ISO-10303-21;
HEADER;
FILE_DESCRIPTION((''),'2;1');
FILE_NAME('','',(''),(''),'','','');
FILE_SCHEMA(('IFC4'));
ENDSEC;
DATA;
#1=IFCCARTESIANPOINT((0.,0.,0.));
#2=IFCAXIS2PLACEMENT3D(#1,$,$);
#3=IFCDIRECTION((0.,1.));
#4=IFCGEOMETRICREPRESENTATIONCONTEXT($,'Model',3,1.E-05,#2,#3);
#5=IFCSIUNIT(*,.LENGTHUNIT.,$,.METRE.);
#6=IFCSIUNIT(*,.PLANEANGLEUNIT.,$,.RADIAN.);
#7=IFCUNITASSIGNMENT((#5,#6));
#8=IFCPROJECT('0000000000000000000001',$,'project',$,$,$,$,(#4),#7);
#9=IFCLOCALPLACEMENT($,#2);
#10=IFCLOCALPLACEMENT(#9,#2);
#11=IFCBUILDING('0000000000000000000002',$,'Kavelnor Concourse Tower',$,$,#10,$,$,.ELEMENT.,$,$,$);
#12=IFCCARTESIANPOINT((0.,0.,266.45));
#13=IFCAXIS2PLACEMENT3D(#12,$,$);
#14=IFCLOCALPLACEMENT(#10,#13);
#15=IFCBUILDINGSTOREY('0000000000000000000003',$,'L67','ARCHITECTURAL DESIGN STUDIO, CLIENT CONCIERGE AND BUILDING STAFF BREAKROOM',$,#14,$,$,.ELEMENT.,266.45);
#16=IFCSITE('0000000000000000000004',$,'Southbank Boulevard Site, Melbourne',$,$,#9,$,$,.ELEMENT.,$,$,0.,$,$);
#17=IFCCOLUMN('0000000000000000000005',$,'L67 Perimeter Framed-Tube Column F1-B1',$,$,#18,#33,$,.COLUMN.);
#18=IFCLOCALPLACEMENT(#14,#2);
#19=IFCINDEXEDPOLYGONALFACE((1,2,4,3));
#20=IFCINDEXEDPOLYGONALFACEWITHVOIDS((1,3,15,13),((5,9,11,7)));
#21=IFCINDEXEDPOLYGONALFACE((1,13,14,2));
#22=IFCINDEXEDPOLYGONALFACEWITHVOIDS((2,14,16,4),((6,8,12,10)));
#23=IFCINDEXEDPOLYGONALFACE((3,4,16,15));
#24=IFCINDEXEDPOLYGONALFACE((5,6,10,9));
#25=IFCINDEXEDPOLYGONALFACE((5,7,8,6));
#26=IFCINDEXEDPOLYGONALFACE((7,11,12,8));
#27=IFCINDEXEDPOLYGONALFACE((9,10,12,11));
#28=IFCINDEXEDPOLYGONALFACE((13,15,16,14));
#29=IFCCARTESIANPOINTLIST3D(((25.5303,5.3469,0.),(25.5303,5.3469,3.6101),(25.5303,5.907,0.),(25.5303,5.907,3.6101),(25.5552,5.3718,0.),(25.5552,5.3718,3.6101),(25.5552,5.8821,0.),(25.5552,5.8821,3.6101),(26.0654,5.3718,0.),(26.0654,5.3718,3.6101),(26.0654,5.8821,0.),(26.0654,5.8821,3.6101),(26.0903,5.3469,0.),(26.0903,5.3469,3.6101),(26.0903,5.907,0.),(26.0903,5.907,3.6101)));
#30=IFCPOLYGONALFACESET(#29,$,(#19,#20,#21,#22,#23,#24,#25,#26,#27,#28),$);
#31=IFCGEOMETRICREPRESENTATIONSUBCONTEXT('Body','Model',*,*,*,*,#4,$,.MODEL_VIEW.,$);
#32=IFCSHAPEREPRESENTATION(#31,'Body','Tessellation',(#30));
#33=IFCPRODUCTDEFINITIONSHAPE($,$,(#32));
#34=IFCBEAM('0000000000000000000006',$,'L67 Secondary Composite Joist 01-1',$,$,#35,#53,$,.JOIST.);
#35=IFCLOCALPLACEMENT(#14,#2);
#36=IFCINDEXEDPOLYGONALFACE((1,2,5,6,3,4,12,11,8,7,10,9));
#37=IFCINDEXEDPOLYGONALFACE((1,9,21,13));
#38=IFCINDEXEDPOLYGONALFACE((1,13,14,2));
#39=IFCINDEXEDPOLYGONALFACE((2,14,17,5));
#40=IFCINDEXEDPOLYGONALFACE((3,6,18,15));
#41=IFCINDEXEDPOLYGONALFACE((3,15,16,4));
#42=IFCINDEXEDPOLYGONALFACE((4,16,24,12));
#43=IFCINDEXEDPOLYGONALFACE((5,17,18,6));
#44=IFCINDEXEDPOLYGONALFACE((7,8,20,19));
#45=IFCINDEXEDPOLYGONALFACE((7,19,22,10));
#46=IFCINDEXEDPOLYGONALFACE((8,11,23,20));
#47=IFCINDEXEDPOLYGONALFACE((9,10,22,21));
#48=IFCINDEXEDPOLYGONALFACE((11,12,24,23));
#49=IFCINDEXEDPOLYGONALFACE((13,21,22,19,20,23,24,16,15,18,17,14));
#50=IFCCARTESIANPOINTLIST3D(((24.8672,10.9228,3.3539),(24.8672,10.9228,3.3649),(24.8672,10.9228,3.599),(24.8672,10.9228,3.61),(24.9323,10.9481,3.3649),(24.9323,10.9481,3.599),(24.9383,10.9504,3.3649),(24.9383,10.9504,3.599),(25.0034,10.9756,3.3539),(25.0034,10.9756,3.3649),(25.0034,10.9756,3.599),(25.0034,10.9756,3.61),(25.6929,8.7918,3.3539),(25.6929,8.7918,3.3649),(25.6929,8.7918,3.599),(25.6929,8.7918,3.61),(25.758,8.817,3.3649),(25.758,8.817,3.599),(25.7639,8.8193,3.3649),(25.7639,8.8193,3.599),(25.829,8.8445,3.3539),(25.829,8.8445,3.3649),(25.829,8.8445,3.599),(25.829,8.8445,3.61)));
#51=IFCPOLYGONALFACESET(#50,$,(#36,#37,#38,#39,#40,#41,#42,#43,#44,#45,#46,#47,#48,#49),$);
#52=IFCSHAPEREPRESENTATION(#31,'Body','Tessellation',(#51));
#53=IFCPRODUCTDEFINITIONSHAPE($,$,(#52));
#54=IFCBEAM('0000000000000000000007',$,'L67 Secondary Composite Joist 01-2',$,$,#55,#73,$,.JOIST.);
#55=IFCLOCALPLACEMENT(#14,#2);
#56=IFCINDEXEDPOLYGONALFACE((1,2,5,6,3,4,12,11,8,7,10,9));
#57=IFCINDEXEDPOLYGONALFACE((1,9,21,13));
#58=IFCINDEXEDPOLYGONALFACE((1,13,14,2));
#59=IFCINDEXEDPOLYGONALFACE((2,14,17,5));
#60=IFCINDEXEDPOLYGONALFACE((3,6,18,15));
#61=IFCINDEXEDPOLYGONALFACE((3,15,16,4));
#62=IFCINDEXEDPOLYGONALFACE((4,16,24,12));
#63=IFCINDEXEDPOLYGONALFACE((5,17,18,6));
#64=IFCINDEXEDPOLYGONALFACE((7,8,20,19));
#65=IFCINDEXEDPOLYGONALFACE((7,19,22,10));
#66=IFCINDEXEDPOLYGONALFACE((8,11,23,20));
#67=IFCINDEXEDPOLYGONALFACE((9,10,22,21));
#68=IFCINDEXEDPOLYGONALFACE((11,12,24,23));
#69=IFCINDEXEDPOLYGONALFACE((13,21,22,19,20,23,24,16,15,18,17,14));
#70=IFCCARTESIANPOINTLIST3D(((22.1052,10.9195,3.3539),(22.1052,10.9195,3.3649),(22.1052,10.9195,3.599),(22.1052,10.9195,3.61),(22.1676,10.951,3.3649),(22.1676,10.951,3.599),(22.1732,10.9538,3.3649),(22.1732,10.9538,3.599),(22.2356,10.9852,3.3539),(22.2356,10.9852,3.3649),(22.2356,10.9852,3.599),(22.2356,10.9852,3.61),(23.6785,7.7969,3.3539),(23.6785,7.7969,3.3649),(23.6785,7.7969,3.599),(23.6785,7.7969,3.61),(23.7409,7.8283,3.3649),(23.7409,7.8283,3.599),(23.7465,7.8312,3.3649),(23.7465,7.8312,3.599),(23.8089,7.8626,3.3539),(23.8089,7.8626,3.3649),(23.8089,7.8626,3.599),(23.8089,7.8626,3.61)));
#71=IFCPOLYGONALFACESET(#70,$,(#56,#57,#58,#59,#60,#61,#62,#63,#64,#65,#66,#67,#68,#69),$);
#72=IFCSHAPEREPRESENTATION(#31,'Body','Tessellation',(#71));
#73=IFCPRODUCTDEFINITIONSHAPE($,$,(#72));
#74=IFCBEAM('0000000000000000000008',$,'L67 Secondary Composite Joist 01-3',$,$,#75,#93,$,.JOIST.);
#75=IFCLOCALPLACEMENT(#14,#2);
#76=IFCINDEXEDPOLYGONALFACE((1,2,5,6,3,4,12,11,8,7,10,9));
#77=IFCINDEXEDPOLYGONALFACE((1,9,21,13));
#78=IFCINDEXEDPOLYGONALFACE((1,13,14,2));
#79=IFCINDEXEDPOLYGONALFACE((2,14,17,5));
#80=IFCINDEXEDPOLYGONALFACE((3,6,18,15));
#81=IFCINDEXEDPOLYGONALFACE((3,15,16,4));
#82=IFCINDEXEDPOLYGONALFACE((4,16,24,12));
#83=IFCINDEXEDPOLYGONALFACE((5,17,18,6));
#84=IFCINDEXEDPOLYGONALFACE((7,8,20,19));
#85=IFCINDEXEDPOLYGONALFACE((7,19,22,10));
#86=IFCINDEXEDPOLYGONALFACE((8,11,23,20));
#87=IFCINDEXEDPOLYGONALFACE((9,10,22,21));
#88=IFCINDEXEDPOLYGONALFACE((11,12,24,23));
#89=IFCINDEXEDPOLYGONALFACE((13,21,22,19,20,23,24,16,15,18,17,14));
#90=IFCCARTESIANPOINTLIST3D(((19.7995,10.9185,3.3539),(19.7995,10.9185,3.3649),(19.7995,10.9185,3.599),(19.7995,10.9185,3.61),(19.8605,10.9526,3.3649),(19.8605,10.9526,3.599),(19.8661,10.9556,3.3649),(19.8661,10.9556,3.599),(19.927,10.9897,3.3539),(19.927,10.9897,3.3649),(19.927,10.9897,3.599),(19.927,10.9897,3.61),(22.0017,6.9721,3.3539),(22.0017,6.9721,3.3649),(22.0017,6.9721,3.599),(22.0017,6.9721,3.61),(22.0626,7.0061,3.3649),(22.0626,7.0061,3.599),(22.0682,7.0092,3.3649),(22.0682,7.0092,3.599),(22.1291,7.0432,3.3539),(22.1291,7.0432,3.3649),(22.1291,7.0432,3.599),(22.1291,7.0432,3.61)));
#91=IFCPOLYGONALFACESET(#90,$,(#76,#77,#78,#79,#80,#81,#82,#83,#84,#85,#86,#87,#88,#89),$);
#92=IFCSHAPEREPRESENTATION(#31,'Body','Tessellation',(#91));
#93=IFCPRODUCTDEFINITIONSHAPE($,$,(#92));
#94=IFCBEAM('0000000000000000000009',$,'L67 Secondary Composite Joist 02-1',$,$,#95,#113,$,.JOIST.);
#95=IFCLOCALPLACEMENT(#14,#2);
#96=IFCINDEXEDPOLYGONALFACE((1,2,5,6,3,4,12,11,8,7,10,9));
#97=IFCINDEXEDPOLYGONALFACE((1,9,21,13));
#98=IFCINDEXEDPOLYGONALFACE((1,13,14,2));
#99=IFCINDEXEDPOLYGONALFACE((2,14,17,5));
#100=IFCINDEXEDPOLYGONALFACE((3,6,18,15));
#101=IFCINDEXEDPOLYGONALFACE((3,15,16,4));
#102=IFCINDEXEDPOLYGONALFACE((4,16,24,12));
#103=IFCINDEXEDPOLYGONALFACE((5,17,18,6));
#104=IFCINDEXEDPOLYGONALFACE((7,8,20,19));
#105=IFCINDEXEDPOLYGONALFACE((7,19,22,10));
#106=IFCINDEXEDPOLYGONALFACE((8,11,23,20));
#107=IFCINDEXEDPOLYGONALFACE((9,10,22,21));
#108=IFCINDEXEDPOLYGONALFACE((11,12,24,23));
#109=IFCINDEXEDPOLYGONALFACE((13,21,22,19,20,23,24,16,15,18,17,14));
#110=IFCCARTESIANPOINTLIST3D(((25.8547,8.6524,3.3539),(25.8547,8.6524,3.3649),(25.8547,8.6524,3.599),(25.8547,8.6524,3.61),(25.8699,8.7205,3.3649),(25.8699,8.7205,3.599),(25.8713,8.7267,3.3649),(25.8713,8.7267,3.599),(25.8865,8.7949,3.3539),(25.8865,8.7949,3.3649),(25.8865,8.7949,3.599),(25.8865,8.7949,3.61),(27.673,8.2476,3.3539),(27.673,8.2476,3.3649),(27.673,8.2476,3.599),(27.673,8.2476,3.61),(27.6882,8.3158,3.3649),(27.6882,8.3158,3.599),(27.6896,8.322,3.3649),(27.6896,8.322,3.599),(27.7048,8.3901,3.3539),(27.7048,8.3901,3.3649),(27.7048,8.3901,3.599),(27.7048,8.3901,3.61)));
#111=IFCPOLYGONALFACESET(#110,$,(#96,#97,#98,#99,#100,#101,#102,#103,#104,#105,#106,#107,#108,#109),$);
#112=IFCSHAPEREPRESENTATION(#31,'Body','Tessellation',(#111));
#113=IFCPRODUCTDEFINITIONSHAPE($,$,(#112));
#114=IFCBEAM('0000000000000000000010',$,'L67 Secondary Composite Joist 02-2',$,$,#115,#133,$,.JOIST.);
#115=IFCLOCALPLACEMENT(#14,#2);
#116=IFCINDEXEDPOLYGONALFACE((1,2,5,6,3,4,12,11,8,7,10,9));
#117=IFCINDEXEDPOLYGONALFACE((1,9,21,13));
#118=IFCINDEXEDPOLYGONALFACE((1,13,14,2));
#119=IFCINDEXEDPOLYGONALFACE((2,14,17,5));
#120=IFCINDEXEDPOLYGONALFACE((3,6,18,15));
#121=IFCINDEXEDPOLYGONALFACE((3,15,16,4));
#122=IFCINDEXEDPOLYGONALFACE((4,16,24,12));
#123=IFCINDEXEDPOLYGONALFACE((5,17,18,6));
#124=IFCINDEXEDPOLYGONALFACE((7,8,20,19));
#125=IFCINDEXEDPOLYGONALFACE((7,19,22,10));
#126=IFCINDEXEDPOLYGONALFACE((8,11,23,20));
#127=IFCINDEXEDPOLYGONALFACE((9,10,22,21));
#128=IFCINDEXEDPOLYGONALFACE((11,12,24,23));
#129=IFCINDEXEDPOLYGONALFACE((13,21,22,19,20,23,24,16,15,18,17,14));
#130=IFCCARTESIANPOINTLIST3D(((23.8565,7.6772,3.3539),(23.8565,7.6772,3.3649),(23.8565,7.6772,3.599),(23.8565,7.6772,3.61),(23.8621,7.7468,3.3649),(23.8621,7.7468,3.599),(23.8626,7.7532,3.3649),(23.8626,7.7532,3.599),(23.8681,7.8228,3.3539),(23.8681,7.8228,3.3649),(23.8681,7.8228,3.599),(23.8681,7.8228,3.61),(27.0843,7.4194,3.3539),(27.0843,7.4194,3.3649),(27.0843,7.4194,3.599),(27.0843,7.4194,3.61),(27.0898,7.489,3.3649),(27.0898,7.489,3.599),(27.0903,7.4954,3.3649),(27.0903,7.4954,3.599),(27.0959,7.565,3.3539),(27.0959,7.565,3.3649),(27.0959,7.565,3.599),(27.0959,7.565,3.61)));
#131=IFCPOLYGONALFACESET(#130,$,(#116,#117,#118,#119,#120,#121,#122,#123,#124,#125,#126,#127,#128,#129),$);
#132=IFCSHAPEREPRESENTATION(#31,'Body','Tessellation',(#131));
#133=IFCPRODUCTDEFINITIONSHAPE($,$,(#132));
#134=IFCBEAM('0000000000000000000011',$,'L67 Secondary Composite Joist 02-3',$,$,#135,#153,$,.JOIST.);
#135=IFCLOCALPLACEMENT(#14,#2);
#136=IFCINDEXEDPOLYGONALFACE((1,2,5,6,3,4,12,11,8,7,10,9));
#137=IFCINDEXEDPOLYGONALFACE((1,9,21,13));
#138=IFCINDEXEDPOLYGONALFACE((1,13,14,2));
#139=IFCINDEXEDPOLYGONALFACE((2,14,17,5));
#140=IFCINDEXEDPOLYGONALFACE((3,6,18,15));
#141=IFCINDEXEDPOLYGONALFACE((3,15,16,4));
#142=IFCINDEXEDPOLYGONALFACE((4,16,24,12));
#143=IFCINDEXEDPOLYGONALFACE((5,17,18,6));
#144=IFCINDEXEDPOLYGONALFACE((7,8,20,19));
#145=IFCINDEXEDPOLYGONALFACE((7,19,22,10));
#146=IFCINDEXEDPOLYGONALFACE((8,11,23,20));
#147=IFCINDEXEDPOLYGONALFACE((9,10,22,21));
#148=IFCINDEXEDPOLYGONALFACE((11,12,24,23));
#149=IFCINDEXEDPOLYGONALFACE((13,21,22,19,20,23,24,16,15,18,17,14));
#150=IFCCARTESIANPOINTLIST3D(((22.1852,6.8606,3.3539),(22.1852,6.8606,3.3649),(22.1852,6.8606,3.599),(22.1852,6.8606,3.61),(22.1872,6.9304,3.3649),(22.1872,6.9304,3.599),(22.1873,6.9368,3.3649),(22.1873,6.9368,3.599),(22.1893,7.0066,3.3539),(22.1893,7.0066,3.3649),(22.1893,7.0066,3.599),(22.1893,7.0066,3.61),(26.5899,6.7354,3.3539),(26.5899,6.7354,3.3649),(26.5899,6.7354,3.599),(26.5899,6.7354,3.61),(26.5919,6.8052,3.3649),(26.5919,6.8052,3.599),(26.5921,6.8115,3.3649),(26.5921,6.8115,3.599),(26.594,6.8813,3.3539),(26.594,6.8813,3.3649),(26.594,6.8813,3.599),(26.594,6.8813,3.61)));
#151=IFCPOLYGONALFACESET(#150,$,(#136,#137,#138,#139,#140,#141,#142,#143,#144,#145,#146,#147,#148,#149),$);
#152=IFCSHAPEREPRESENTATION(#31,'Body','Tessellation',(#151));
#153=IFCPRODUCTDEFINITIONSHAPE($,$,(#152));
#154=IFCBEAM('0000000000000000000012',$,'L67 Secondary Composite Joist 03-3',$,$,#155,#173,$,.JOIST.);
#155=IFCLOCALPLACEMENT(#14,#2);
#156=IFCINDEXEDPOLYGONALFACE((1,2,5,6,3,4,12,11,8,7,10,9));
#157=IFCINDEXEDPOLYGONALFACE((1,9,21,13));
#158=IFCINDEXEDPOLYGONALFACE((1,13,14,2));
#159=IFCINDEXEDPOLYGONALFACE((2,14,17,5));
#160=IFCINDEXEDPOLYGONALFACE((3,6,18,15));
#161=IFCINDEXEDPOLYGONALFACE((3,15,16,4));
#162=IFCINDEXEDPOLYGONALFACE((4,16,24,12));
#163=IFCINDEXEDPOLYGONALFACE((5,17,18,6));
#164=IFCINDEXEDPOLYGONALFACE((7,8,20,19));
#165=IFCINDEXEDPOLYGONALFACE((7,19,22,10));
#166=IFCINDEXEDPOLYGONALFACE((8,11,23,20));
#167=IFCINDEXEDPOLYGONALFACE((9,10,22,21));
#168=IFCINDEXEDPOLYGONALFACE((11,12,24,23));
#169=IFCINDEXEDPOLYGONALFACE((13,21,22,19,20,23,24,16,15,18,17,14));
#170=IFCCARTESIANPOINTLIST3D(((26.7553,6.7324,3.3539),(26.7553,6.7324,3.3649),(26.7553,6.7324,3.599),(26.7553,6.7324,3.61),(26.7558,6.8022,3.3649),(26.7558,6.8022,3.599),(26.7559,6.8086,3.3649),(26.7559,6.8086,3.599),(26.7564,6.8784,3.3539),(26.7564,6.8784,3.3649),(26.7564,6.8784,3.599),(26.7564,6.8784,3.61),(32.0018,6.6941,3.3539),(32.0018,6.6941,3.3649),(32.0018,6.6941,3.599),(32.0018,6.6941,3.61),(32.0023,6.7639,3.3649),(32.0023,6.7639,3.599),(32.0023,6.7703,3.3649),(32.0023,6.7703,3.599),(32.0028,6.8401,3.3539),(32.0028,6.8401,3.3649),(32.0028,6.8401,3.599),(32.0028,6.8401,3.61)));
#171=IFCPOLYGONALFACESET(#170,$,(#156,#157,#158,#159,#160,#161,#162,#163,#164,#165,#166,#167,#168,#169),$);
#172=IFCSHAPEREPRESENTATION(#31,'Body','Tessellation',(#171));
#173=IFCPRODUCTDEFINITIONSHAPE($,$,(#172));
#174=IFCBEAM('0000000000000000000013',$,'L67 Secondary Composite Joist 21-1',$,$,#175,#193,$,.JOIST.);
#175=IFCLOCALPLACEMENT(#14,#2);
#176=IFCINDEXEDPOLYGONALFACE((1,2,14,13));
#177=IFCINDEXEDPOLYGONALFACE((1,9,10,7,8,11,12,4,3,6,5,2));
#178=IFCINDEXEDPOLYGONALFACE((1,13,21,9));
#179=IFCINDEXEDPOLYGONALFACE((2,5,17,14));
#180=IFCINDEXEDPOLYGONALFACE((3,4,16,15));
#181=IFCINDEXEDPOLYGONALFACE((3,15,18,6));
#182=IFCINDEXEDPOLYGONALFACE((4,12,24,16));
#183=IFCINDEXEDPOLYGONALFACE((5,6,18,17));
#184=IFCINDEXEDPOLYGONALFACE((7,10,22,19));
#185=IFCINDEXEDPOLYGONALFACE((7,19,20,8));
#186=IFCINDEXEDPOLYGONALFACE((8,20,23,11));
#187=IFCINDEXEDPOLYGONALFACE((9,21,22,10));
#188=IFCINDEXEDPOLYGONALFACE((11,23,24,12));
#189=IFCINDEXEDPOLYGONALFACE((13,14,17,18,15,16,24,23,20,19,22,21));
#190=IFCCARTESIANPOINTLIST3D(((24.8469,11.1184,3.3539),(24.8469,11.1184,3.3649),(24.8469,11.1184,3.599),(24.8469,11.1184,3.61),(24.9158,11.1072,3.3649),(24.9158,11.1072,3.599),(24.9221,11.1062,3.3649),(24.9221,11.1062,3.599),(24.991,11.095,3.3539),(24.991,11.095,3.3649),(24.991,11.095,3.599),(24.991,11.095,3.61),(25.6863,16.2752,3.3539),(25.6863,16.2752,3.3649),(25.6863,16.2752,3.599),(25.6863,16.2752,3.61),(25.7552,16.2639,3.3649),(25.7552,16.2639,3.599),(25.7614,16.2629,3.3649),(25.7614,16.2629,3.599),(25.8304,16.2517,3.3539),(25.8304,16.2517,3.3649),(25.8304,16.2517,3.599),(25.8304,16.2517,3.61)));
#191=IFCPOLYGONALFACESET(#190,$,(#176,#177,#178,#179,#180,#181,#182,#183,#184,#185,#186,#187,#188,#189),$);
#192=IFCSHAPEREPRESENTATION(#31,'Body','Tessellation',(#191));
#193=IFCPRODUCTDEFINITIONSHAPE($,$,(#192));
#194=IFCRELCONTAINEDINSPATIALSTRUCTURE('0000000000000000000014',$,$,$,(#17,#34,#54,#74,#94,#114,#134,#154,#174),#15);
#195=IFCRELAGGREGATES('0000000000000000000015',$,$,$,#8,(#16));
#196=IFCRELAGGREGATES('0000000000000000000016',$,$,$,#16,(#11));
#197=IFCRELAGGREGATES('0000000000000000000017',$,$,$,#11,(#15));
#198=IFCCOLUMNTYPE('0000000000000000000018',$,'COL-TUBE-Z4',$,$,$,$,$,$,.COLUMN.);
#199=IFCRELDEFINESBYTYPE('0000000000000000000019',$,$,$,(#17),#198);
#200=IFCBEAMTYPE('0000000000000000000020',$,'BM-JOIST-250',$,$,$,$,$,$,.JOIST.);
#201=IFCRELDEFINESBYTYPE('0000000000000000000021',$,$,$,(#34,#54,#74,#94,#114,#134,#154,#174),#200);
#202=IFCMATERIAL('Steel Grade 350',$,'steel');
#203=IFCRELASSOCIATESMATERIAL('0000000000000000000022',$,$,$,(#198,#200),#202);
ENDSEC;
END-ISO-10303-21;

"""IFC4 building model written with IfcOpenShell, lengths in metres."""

from ifc_helpers import new_model, si_unit, direction, frame, origin, origin_2d, place, context, subcontext, project, spatial, hollow_rectangle, i_section, extrude, material, material_profile, profile_set, type_object, element, save


model = new_model("IFC4")

# Units and contexts
model_context = context("Model", 3, precision=1e-05, world=origin(), true_north=direction((0.0, 1.0)))
body_context = subcontext(model_context, "Body", "Model", "MODEL_VIEW")
ifc_project = project(units=[si_unit("LENGTHUNIT", "METRE"), si_unit("PLANEANGLEUNIT", "RADIAN")], contexts=[model_context])

# Site, building, storey
site_placement = place(None, origin())
site = spatial("IfcSite", under=ifc_project, at=site_placement, Name="Southbank Boulevard Site, Melbourne", CompositionType="ELEMENT", RefElevation=0.0)
building_placement = place(site_placement, origin())
building = spatial("IfcBuilding", under=site, at=building_placement, Name="Kavelnor Concourse Tower", CompositionType="ELEMENT")
storey_placement = place(building_placement, frame((0.0, 0.0, 266.45)))
storey = spatial("IfcBuildingStorey", under=building, at=storey_placement, Name="L67", Description="ARCHITECTURAL DESIGN STUDIO, CLIENT CONCIERGE AND BUILDING STAFF BREAKROOM", CompositionType="ELEMENT", Elevation=266.45)

# Column
ifc_material_1 = material(Name="Steel Grade 350", Category="steel")
ifc_material_profile_1 = material_profile(ifc_material_1, hollow_rectangle(XDim=0.5601, YDim=0.5601, WallThickness=0.0249, at=origin_2d()), Name="SHS 560x560x25")
ifc_profile_set_1 = profile_set([ifc_material_profile_1], Name="Steel Grade 350")
column_type = type_object("IfcColumnType", Name="COL-TUBE-Z4", PredefinedType="COLUMN", material=ifc_profile_set_1)
column_placement = place(storey_placement, frame((25.8103, 5.627, 0.0), z_axis=(0.0, 0.0, 1.0), x_axis=(1.0, 0.0, 0.0)))
element("IfcColumn", 1, at=column_placement, inside=storey, type_object=column_type, Name="L67 Perimeter Framed-Tube Column F1-B1", PredefinedType="COLUMN", context=body_context, shape_type="SweptSolid", body=[
    extrude(hollow_rectangle(XDim=0.5601, YDim=0.5601, WallThickness=0.0249, at=origin_2d()), origin(), (0.0, 0.0, 1.0), 3.6101),
])

# Beams
ifc_material_profile_2 = material_profile(ifc_material_1, i_section(OverallWidth=0.146, OverallDepth=0.2561, WebThickness=0.0063, FlangeThickness=0.011, at=origin_2d()), Name="250UB37")
ifc_profile_set_2 = profile_set([ifc_material_profile_2], Name="Steel Grade 350")
beam_type_1 = type_object("IfcBeamType", Name="BM-JOIST-250", PredefinedType="JOIST", material=ifc_profile_set_2)
beam_1_placement = place(storey_placement, frame((24.9353, 10.9492, 3.4819), z_axis=(0.361276, -0.932459, 0.0), x_axis=(0.932459, 0.361276, 0.0)))
element("IfcBeam", 2, at=beam_1_placement, inside=storey, type_object=beam_type_1, Name="L67 Secondary Composite Joist 01-1", PredefinedType="JOIST", context=body_context, shape_type="SweptSolid", body=[
    extrude(i_section(OverallWidth=0.146, OverallDepth=0.2561, WebThickness=0.0063, FlangeThickness=0.011, at=origin_2d()), origin(), (0.0, 0.0, 1.0), 2.2854),
])
beam_2_placement = place(storey_placement, frame((22.1704, 10.9524, 3.4819), z_axis=(0.449949, -0.893054, 0.0), x_axis=(0.893054, 0.449949, 0.0)))
element("IfcBeam", 3, at=beam_2_placement, inside=storey, type_object=beam_type_1, Name="L67 Secondary Composite Joist 01-2", PredefinedType="JOIST", context=body_context, shape_type="SweptSolid", body=[
    extrude(i_section(OverallWidth=0.146, OverallDepth=0.2561, WebThickness=0.0063, FlangeThickness=0.011, at=origin_2d()), origin(), (0.0, 0.0, 1.0), 3.4966),
])
beam_3_placement = place(storey_placement, frame((19.8633, 10.9541, 3.4819), z_axis=(0.48727, -0.873251, 0.0), x_axis=(0.873251, 0.48727, 0.0)))
element("IfcBeam", 4, at=beam_3_placement, inside=storey, type_object=beam_type_1, Name="L67 Secondary Composite Joist 01-3", PredefinedType="JOIST", context=body_context, shape_type="SweptSolid", body=[
    extrude(i_section(OverallWidth=0.146, OverallDepth=0.2561, WebThickness=0.0063, FlangeThickness=0.011, at=origin_2d()), origin(), (0.0, 0.0, 1.0), 4.5193),
])
beam_4_placement = place(storey_placement, frame((25.8706, 8.7236, 3.4819), z_axis=(0.976107, -0.217291, 0.0), x_axis=(0.217291, 0.976107, 0.0)))
element("IfcBeam", 5, at=beam_4_placement, inside=storey, type_object=beam_type_1, Name="L67 Secondary Composite Joist 02-1", PredefinedType="JOIST", context=body_context, shape_type="SweptSolid", body=[
    extrude(i_section(OverallWidth=0.146, OverallDepth=0.2561, WebThickness=0.0063, FlangeThickness=0.011, at=origin_2d()), origin(), (0.0, 0.0, 1.0), 1.8628),
])
beam_5_placement = place(storey_placement, frame((23.8623, 7.75, 3.4819), z_axis=(0.996825, -0.079619, 0.0), x_axis=(0.079619, 0.996825, 0.0)))
element("IfcBeam", 6, at=beam_5_placement, inside=storey, type_object=beam_type_1, Name="L67 Secondary Composite Joist 02-2", PredefinedType="JOIST", context=body_context, shape_type="SweptSolid", body=[
    extrude(i_section(OverallWidth=0.146, OverallDepth=0.2561, WebThickness=0.0063, FlangeThickness=0.011, at=origin_2d()), origin(), (0.0, 0.0, 1.0), 3.238),
])
beam_6_placement = place(storey_placement, frame((22.1873, 6.9336, 3.4819), z_axis=(0.999596, -0.028422, 0.0), x_axis=(0.028422, 0.999596, 0.0)))
element("IfcBeam", 7, at=beam_6_placement, inside=storey, type_object=beam_type_1, Name="L67 Secondary Composite Joist 02-3", PredefinedType="JOIST", context=body_context, shape_type="SweptSolid", body=[
    extrude(i_section(OverallWidth=0.146, OverallDepth=0.2561, WebThickness=0.0063, FlangeThickness=0.011, at=origin_2d()), origin(), (0.0, 0.0, 1.0), 4.4065),
])
beam_7_placement = place(storey_placement, frame((26.7559, 6.8054, 3.4819), z_axis=(0.999973, -0.007306, 0.0), x_axis=(0.007306, 0.999973, 0.0)))
element("IfcBeam", 8, at=beam_7_placement, inside=storey, type_object=beam_type_1, Name="L67 Secondary Composite Joist 03-3", PredefinedType="JOIST", context=body_context, shape_type="SweptSolid", body=[
    extrude(i_section(OverallWidth=0.146, OverallDepth=0.2561, WebThickness=0.0063, FlangeThickness=0.011, at=origin_2d()), origin(), (0.0, 0.0, 1.0), 5.2466),
])
beam_8_placement = place(storey_placement, frame((25.7583, 16.2634, 3.4819), z_axis=(-0.160654, -0.987011, 0.0), x_axis=(0.987011, -0.160654, 0.0)))
element("IfcBeam", 9, at=beam_8_placement, inside=storey, type_object=beam_type_1, Name="L67 Secondary Composite Joist 21-1", PredefinedType="JOIST", context=body_context, shape_type="SweptSolid", body=[
    extrude(i_section(OverallWidth=0.146, OverallDepth=0.2561, WebThickness=0.0063, FlangeThickness=0.011, at=origin_2d()), origin(), (0.0, 0.0, 1.0), 5.2246),
])

save(model, "model.ifc")
